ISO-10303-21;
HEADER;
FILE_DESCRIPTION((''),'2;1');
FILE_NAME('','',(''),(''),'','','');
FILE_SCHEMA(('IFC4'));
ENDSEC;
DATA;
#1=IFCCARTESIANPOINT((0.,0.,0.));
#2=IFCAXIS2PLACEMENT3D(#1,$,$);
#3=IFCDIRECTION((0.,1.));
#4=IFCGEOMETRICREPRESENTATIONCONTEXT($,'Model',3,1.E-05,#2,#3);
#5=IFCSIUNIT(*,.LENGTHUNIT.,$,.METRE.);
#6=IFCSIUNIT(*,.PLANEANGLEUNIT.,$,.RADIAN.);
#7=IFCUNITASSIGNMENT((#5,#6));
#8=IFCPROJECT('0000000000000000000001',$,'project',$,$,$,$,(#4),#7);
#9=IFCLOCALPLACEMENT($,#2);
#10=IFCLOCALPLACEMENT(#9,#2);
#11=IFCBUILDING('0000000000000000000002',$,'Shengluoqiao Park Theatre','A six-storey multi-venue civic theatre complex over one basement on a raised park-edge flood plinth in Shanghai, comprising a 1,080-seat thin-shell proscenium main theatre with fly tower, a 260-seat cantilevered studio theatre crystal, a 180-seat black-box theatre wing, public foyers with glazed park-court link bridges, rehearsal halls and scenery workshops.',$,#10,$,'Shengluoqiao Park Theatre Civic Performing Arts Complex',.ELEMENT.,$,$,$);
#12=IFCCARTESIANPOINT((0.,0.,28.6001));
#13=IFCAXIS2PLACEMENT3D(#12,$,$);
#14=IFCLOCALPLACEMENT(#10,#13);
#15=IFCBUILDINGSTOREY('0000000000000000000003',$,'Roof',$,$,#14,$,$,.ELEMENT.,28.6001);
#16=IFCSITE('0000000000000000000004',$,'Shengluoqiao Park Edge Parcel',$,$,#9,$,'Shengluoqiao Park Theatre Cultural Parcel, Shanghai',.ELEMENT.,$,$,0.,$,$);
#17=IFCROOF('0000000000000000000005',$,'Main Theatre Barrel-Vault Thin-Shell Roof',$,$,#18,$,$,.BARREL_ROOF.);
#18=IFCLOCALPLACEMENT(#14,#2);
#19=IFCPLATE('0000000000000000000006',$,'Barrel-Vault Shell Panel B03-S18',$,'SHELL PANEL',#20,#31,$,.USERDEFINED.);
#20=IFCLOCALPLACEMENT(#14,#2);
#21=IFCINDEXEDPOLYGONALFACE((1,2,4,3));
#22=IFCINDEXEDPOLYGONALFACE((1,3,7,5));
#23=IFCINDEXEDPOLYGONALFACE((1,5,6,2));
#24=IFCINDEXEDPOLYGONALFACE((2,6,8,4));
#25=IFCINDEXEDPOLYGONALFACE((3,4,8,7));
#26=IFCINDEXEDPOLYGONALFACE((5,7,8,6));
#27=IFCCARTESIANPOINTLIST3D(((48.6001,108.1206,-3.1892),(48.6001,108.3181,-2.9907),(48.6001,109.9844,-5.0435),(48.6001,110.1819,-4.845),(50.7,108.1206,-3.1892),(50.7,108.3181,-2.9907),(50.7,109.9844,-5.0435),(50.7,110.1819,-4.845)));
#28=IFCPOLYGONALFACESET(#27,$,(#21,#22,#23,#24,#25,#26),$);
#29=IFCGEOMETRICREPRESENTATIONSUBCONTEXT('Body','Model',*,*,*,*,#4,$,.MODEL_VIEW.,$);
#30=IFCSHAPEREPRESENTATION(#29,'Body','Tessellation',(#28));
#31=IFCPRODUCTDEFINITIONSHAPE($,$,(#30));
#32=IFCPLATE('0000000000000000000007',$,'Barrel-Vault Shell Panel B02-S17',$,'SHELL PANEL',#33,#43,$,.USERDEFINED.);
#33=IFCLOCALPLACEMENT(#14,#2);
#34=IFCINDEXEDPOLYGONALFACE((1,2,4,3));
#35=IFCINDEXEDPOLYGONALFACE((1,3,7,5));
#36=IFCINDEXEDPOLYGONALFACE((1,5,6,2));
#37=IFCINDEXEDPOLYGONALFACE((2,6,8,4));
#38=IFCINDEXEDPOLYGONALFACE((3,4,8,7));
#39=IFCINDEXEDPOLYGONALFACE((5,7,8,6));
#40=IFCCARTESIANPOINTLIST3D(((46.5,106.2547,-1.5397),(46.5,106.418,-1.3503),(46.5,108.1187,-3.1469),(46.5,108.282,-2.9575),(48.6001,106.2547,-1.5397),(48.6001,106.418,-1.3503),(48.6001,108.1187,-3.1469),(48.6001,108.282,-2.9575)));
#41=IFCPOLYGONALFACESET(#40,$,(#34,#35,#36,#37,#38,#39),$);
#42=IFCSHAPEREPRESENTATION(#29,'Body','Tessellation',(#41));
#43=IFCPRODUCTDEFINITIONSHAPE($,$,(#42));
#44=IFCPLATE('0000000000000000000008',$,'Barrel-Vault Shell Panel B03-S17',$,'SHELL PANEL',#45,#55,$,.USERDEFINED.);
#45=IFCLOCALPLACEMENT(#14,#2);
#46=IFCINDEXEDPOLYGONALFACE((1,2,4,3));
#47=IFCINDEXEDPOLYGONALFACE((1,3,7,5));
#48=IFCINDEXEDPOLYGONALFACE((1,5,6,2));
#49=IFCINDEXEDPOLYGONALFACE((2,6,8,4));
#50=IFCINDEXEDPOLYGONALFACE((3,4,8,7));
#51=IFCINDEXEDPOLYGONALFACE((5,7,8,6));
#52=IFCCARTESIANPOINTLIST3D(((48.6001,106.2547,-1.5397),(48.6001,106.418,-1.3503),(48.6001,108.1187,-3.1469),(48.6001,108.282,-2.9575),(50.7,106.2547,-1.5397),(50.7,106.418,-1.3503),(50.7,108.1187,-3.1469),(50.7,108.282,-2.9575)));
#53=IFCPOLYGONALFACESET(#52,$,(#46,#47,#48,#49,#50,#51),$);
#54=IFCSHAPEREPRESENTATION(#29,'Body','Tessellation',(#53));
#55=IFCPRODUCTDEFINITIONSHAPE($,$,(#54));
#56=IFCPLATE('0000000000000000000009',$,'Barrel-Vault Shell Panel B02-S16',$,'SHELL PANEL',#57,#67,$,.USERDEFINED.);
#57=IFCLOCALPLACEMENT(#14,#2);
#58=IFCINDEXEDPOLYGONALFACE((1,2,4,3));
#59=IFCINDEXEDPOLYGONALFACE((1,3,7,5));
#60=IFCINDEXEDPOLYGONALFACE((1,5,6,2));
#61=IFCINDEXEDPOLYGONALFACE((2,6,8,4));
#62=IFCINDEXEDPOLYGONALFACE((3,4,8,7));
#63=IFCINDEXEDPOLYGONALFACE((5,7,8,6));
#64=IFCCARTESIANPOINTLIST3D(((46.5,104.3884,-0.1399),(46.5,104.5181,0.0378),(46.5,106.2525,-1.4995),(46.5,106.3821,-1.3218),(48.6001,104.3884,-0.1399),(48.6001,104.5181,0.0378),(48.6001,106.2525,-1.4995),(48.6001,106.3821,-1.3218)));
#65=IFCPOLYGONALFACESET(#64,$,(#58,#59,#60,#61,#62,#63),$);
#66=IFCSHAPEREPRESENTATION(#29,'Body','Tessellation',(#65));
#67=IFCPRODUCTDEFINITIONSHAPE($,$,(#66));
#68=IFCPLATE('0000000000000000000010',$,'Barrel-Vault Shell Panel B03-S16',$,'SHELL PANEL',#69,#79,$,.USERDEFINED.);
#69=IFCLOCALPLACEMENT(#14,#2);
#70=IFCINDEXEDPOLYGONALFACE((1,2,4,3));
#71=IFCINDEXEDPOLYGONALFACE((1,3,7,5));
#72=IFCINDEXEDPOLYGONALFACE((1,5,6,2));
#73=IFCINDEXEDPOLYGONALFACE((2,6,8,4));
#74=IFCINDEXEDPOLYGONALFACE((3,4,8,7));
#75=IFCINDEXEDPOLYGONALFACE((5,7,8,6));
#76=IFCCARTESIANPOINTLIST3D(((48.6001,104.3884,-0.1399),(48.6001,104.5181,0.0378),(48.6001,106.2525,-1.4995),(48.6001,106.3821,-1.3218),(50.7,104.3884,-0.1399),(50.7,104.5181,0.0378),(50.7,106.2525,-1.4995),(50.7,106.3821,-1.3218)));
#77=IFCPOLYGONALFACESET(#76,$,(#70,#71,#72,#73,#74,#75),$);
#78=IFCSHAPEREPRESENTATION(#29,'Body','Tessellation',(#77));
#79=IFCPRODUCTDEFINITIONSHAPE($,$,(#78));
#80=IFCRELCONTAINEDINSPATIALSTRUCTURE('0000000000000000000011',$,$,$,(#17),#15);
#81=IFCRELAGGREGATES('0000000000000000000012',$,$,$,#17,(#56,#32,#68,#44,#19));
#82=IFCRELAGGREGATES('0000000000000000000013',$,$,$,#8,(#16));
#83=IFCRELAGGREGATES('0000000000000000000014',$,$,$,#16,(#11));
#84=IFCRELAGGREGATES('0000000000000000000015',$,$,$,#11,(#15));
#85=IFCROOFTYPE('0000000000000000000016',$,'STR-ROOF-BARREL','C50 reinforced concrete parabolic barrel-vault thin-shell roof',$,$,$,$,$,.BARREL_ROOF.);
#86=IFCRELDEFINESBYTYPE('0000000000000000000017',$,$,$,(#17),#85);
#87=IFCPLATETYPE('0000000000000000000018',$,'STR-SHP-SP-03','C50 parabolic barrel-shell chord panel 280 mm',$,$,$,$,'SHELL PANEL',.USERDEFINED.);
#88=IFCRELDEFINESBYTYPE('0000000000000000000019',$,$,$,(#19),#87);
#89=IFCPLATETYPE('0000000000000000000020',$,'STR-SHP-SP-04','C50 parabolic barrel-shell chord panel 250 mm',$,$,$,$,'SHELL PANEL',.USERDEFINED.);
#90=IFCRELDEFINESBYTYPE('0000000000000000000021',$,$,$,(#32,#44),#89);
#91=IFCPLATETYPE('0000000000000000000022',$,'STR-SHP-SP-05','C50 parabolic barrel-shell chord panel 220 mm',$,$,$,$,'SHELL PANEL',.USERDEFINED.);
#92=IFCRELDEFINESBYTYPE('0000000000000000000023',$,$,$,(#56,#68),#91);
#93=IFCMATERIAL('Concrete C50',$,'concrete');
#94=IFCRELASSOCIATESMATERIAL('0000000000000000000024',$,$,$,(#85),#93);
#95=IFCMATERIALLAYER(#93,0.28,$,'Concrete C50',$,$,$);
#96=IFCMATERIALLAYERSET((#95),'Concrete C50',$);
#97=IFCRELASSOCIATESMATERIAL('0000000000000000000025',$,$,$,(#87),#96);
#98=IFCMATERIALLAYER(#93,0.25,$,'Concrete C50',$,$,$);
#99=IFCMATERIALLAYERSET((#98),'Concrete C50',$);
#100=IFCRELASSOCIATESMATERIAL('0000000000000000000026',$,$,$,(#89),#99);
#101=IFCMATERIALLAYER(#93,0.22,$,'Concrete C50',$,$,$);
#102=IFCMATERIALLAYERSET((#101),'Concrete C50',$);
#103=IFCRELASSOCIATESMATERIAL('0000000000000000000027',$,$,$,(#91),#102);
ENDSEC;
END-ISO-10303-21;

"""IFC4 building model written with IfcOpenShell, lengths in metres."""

from ifc_helpers import new_model, si_unit, direction, frame, origin, place, context, subcontext, project, spatial, polyline, outline, extrude, material, layer, layer_set, type_object, element, aggregate, save


model = new_model("IFC4")

# Units and contexts
model_context = context("Model", 3, precision=1e-05, world=origin(), true_north=direction((0.0, 1.0)))
body_context = subcontext(model_context, "Body", "Model", "MODEL_VIEW")
ifc_project = project(units=[si_unit("LENGTHUNIT", "METRE"), si_unit("PLANEANGLEUNIT", "RADIAN")], contexts=[model_context])

# Site, building, storey
site_placement = place(None, origin())
site = spatial("IfcSite", under=ifc_project, at=site_placement, Name="Shengluoqiao Park Edge Parcel", LongName="Shengluoqiao Park Theatre Cultural Parcel, Shanghai", CompositionType="ELEMENT", RefElevation=0.0)
building_placement = place(site_placement, origin())
building = spatial("IfcBuilding", under=site, at=building_placement, Name="Shengluoqiao Park Theatre", Description="A six-storey multi-venue civic theatre complex over one basement on a raised park-edge flood plinth in Shanghai, comprising a 1,080-seat thin-shell proscenium main theatre with fly tower, a 260-seat cantilevered studio theatre crystal, a 180-seat black-box theatre wing, public foyers with glazed park-court link bridges, rehearsal halls and scenery workshops.", LongName="Shengluoqiao Park Theatre Civic Performing Arts Complex", CompositionType="ELEMENT")
storey_placement = place(building_placement, frame((0.0, 0.0, 28.6001)))
storey = spatial("IfcBuildingStorey", under=building, at=storey_placement, Name="Roof", CompositionType="ELEMENT", Elevation=28.6001)

# Shared definitions
ifc_material_1 = material(Name="Concrete C50", Category="concrete")

# Roof, plates
roof_type = type_object("IfcRoofType", Name="STR-ROOF-BARREL", Description="C50 reinforced concrete parabolic barrel-vault thin-shell roof", PredefinedType="BARREL_ROOF", material=ifc_material_1)
roof_placement = place(storey_placement, origin())
roof = element("IfcRoof", 1, at=roof_placement, inside=storey, type_object=roof_type, Name="Main Theatre Barrel-Vault Thin-Shell Roof", PredefinedType="BARREL_ROOF")
ifc_layer_1 = layer(ifc_material_1, 0.28, Name="Concrete C50")
ifc_layer_set_1 = layer_set([ifc_layer_1], Name="Concrete C50")
plate_type_1 = type_object("IfcPlateType", Name="STR-SHP-SP-03", Description="C50 parabolic barrel-shell chord panel 280 mm", ElementType="SHELL PANEL", PredefinedType="USERDEFINED", material=ifc_layer_set_1)
plate_1_placement = place(storey_placement, frame((48.6001, 108.3181, -2.9907), z_axis=(0.0, 0.705294, 0.708915), x_axis=(1.0, 0.0, 0.0)))
plate_1 = element("IfcPlate", 2, at=plate_1_placement, type_object=plate_type_1, Name="Barrel-Vault Shell Panel B03-S18", ObjectType="SHELL PANEL", PredefinedType="USERDEFINED", context=body_context, shape_type="SweptSolid", body=[
    extrude(outline(polyline([(0.0, 0.0), (2.0999, 0.0), (2.0999, 2.629), (0.0, 2.629), (0.0, 0.0)])), origin(), (0.0, 0.0, -1.0), 0.28),
])
ifc_layer_2 = layer(ifc_material_1, 0.25, Name="Concrete C50")
ifc_layer_set_2 = layer_set([ifc_layer_2], Name="Concrete C50")
plate_type_2 = type_object("IfcPlateType", Name="STR-SHP-SP-04", Description="C50 parabolic barrel-shell chord panel 250 mm", ElementType="SHELL PANEL", PredefinedType="USERDEFINED", material=ifc_layer_set_2)
plate_2_placement = place(storey_placement, frame((46.5, 106.418, -1.3503), z_axis=(0.0, 0.653002, 0.757356), x_axis=(1.0, 0.0, 0.0)))
plate_2 = element("IfcPlate", 3, at=plate_2_placement, type_object=plate_type_2, Name="Barrel-Vault Shell Panel B02-S17", ObjectType="SHELL PANEL", PredefinedType="USERDEFINED", context=body_context, shape_type="SweptSolid", body=[
    extrude(outline(polyline([(0.0, 0.0), (2.1001, 0.0), (2.1001, 2.4612), (0.0, 2.4612), (0.0, 0.0)])), origin(), (0.0, 0.0, -1.0), 0.25),
])
plate_3_placement = place(storey_placement, frame((48.6001, 106.418, -1.3503), z_axis=(0.0, 0.653002, 0.757356), x_axis=(1.0, 0.0, 0.0)))
plate_3 = element("IfcPlate", 4, at=plate_3_placement, type_object=plate_type_2, Name="Barrel-Vault Shell Panel B03-S17", ObjectType="SHELL PANEL", PredefinedType="USERDEFINED", context=body_context, shape_type="SweptSolid", body=[
    extrude(outline(polyline([(0.0, 0.0), (2.0999, 0.0), (2.0999, 2.4612), (0.0, 2.4612), (0.0, 0.0)])), origin(), (0.0, 0.0, -1.0), 0.25),
])
ifc_layer_3 = layer(ifc_material_1, 0.22, Name="Concrete C50")
ifc_layer_set_3 = layer_set([ifc_layer_3], Name="Concrete C50")
plate_type_3 = type_object("IfcPlateType", Name="STR-SHP-SP-05", Description="C50 parabolic barrel-shell chord panel 220 mm", ElementType="SHELL PANEL", PredefinedType="USERDEFINED", material=ifc_layer_set_3)
plate_4_placement = place(storey_placement, frame((46.5, 104.5181, 0.0378), z_axis=(0.0, 0.589297, 0.807916), x_axis=(1.0, 0.0, 0.0)))
plate_4 = element("IfcPlate", 5, at=plate_4_placement, type_object=plate_type_3, Name="Barrel-Vault Shell Panel B02-S16", ObjectType="SHELL PANEL", PredefinedType="USERDEFINED", context=body_context, shape_type="SweptSolid", body=[
    extrude(outline(polyline([(0.0, 0.0), (2.1001, 0.0), (2.1001, 2.3072), (0.0, 2.3072), (0.0, 0.0)])), origin(), (0.0, 0.0, -1.0), 0.22),
])
plate_5_placement = place(storey_placement, frame((48.6001, 104.5181, 0.0378), z_axis=(0.0, 0.589297, 0.807916), x_axis=(1.0, 0.0, 0.0)))
plate_5 = element("IfcPlate", 6, at=plate_5_placement, type_object=plate_type_3, Name="Barrel-Vault Shell Panel B03-S16", ObjectType="SHELL PANEL", PredefinedType="USERDEFINED", context=body_context, shape_type="SweptSolid", body=[
    extrude(outline(polyline([(0.0, 0.0), (2.0999, 0.0), (2.0999, 2.3072), (0.0, 2.3072), (0.0, 0.0)])), origin(), (0.0, 0.0, -1.0), 0.22),
])
aggregate(roof, [plate_4, plate_2, plate_5, plate_3, plate_1])

save(model, "model.ifc")
